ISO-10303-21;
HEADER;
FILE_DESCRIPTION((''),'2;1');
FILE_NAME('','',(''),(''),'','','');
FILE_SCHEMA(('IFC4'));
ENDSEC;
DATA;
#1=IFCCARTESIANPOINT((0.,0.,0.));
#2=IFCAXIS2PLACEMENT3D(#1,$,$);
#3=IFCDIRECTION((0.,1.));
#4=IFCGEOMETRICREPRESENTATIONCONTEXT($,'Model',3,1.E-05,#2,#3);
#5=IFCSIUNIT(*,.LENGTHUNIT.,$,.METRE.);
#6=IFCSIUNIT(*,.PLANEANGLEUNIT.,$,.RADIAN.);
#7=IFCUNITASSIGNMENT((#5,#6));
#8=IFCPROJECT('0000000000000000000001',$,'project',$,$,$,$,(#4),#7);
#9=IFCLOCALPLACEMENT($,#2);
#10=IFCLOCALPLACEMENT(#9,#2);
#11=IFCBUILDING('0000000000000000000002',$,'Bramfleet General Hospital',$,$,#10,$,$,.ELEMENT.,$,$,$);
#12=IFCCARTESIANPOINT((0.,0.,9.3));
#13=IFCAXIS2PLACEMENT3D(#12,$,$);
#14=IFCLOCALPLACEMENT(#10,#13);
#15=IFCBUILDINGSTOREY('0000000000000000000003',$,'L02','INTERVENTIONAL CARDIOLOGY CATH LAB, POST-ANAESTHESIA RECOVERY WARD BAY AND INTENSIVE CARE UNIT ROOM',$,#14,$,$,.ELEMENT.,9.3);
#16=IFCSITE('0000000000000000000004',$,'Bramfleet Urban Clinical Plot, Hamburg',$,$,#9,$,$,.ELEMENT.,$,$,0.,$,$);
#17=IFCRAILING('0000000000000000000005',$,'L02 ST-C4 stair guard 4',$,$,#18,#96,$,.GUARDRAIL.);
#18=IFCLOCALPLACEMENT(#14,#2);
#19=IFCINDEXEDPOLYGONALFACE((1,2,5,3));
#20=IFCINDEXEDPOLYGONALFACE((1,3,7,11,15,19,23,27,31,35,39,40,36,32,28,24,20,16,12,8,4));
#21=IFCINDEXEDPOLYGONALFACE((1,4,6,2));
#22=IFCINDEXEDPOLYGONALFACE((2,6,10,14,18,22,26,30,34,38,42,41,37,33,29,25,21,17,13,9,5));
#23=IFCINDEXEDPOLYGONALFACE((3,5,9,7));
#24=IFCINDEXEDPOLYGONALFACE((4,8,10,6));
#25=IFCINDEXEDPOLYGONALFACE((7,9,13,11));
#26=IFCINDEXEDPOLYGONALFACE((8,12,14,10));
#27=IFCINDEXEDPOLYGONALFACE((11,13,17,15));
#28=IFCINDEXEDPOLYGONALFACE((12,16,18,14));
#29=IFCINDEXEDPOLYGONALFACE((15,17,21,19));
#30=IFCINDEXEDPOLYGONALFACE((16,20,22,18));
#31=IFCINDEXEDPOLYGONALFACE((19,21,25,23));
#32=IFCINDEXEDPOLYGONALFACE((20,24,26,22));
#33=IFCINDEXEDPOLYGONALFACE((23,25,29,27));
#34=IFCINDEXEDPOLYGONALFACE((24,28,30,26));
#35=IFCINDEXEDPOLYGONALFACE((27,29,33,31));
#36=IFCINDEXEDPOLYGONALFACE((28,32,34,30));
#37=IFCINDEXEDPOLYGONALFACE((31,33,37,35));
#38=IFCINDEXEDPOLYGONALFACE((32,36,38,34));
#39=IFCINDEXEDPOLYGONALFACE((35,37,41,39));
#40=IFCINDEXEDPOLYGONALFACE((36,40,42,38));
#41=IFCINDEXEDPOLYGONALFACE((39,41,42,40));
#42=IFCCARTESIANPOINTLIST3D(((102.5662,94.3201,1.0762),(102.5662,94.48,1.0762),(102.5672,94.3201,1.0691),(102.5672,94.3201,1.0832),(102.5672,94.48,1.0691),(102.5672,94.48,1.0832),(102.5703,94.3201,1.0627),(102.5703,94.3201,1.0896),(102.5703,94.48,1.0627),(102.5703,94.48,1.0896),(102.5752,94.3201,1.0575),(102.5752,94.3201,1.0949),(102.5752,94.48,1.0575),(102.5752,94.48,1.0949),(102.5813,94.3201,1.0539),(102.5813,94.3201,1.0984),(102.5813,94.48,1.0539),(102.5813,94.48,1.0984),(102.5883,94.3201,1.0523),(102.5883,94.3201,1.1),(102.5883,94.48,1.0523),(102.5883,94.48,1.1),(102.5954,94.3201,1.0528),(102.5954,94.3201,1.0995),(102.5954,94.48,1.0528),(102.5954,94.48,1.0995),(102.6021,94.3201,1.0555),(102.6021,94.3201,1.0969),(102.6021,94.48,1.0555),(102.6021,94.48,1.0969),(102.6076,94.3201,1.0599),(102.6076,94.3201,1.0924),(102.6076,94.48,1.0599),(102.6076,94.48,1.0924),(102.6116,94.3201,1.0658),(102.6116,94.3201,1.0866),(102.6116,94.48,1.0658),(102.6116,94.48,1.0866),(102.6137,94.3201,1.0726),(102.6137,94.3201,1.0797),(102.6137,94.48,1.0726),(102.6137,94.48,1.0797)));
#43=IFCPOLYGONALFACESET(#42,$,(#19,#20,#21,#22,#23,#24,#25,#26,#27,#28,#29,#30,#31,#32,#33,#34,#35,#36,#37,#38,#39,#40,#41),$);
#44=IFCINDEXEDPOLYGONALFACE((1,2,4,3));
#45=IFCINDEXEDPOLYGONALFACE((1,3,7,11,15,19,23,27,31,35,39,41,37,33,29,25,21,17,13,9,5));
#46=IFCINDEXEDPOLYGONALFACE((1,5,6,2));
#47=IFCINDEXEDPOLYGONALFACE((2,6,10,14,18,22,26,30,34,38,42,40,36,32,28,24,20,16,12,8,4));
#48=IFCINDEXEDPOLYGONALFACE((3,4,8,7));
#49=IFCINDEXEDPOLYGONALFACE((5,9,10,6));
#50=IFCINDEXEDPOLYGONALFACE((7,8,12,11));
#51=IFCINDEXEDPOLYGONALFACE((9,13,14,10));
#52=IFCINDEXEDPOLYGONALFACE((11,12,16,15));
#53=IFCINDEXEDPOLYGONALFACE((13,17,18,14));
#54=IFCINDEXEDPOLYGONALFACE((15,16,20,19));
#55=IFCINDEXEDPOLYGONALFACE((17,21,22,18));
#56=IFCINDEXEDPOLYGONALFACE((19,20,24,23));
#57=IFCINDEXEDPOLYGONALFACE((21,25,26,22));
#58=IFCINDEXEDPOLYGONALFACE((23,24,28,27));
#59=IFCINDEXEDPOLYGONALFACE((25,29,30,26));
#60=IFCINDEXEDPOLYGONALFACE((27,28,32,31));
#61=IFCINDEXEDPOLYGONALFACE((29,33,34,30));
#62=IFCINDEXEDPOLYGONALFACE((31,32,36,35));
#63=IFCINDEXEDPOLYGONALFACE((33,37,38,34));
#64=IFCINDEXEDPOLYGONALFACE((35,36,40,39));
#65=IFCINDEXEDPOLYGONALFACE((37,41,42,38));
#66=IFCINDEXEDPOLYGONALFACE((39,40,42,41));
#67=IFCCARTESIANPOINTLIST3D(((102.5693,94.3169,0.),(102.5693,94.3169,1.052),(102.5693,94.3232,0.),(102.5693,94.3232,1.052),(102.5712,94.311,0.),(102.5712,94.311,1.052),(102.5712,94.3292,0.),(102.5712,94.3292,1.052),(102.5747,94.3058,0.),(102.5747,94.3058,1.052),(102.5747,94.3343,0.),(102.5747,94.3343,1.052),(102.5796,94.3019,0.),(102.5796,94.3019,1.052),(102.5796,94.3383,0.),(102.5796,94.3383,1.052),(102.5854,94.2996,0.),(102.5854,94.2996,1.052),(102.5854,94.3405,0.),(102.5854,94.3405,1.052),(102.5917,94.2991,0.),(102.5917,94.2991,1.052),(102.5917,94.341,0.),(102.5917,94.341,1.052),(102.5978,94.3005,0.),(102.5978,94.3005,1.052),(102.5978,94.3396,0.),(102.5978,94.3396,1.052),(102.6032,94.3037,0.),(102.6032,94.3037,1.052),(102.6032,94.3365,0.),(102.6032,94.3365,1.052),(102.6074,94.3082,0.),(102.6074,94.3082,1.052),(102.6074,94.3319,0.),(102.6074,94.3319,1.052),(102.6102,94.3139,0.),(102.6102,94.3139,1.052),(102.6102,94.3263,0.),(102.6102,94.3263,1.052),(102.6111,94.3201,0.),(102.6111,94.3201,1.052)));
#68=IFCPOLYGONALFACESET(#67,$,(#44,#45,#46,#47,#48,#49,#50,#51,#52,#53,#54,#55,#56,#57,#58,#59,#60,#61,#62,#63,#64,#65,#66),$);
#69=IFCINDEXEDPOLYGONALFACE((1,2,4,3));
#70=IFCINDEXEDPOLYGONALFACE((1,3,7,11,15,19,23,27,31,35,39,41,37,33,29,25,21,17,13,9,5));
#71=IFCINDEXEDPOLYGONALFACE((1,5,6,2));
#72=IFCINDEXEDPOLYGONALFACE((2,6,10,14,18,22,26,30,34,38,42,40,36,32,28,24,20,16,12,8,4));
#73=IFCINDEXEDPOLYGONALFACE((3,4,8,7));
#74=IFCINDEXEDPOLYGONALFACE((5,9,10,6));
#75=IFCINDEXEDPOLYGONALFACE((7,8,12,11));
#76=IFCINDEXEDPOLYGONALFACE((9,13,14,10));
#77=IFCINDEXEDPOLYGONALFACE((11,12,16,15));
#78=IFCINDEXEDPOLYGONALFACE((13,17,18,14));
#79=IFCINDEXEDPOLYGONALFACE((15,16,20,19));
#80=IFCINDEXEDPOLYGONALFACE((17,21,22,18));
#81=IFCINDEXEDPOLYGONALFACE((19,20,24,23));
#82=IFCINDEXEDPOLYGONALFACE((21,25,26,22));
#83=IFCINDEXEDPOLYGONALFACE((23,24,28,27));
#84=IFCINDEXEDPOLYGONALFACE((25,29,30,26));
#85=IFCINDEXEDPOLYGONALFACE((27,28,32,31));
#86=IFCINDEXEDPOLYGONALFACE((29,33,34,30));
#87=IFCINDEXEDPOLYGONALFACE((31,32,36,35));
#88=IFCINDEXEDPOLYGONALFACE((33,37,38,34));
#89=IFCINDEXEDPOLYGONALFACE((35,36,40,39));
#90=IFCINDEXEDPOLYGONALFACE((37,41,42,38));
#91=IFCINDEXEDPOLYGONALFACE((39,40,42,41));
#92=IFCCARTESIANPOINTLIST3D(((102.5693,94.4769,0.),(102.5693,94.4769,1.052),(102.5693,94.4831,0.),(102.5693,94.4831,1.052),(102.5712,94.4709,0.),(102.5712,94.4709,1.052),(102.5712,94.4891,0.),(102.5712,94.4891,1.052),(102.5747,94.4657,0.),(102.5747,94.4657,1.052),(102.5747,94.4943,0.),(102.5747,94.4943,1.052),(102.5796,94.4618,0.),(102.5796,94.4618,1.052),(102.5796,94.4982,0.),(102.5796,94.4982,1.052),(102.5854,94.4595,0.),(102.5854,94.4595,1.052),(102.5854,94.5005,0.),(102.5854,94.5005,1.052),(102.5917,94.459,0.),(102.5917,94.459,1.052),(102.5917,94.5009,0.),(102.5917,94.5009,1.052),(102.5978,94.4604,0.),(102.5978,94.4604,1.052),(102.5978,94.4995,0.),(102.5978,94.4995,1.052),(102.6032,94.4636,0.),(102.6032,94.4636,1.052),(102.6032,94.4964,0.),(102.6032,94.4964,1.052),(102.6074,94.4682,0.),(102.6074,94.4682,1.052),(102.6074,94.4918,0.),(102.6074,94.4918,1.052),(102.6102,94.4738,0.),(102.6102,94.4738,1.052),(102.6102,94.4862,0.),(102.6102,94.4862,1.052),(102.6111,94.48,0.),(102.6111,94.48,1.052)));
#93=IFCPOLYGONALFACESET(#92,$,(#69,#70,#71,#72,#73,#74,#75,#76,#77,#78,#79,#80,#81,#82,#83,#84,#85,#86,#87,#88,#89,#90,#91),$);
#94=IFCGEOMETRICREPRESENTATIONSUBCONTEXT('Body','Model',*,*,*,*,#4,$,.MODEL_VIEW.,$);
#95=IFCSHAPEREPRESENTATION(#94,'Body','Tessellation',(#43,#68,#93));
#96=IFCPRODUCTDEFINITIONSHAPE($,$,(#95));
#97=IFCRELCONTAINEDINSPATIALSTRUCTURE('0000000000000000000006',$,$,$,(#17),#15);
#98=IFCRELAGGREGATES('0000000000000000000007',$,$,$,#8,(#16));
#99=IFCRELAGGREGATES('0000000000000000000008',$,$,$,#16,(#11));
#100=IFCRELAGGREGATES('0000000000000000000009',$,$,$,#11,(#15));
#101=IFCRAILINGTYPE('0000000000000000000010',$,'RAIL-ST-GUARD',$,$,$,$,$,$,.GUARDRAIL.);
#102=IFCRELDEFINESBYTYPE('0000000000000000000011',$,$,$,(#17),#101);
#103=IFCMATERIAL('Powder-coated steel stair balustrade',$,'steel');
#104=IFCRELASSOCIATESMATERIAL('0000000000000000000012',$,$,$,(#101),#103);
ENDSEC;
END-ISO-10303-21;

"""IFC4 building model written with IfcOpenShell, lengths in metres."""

from ifc_helpers import new_model, si_unit, direction, frame, origin, origin_2d, place, context, subcontext, project, spatial, circle, extrude, material, type_object, element, save


model = new_model("IFC4")

# Units and contexts
model_context = context("Model", 3, precision=1e-05, world=origin(), true_north=direction((0.0, 1.0)))
body_context = subcontext(model_context, "Body", "Model", "MODEL_VIEW")
ifc_project = project(units=[si_unit("LENGTHUNIT", "METRE"), si_unit("PLANEANGLEUNIT", "RADIAN")], contexts=[model_context])

# Site, building, storey
site_placement = place(None, origin())
site = spatial("IfcSite", under=ifc_project, at=site_placement, Name="Bramfleet Urban Clinical Plot, Hamburg", CompositionType="ELEMENT", RefElevation=0.0)
building_placement = place(site_placement, origin())
building = spatial("IfcBuilding", under=site, at=building_placement, Name="Bramfleet General Hospital", CompositionType="ELEMENT")
storey_placement = place(building_placement, frame((0.0, 0.0, 9.3)))
storey = spatial("IfcBuildingStorey", under=building, at=storey_placement, Name="L02", Description="INTERVENTIONAL CARDIOLOGY CATH LAB, POST-ANAESTHESIA RECOVERY WARD BAY AND INTENSIVE CARE UNIT ROOM", CompositionType="ELEMENT", Elevation=9.3)

# Railing
ifc_material_1 = material(Name="Powder-coated steel stair balustrade", Category="steel")
railing_type_1 = type_object("IfcRailingType", Name="RAIL-ST-GUARD", PredefinedType="GUARDRAIL", material=ifc_material_1)
railing_1_placement = place(storey_placement, frame((102.5901, 94.3201, 0.0)))
element("IfcRailing", 1, at=railing_1_placement, inside=storey, type_object=railing_type_1, Name="L02 ST-C4 stair guard 4", PredefinedType="GUARDRAIL", context=body_context, shape_type="SweptSolid", body=[
    extrude(circle(Radius=0.0239, at=origin_2d()), frame((0.0, 0.0, 1.0762), z_axis=(0.0, 1.0, 0.0), x_axis=(-1.0, 0.0, 0.0)), (0.0, 0.0, 1.0), 0.1599),
    extrude(circle(Radius=0.021, at=origin_2d()), origin(), (0.0, 0.0, 1.0), 1.052),
    extrude(circle(Radius=0.021, at=origin_2d()), frame((0.0, 0.1599, 0.0)), (0.0, 0.0, 1.0), 1.052),
])

save(model, "model.ifc")
